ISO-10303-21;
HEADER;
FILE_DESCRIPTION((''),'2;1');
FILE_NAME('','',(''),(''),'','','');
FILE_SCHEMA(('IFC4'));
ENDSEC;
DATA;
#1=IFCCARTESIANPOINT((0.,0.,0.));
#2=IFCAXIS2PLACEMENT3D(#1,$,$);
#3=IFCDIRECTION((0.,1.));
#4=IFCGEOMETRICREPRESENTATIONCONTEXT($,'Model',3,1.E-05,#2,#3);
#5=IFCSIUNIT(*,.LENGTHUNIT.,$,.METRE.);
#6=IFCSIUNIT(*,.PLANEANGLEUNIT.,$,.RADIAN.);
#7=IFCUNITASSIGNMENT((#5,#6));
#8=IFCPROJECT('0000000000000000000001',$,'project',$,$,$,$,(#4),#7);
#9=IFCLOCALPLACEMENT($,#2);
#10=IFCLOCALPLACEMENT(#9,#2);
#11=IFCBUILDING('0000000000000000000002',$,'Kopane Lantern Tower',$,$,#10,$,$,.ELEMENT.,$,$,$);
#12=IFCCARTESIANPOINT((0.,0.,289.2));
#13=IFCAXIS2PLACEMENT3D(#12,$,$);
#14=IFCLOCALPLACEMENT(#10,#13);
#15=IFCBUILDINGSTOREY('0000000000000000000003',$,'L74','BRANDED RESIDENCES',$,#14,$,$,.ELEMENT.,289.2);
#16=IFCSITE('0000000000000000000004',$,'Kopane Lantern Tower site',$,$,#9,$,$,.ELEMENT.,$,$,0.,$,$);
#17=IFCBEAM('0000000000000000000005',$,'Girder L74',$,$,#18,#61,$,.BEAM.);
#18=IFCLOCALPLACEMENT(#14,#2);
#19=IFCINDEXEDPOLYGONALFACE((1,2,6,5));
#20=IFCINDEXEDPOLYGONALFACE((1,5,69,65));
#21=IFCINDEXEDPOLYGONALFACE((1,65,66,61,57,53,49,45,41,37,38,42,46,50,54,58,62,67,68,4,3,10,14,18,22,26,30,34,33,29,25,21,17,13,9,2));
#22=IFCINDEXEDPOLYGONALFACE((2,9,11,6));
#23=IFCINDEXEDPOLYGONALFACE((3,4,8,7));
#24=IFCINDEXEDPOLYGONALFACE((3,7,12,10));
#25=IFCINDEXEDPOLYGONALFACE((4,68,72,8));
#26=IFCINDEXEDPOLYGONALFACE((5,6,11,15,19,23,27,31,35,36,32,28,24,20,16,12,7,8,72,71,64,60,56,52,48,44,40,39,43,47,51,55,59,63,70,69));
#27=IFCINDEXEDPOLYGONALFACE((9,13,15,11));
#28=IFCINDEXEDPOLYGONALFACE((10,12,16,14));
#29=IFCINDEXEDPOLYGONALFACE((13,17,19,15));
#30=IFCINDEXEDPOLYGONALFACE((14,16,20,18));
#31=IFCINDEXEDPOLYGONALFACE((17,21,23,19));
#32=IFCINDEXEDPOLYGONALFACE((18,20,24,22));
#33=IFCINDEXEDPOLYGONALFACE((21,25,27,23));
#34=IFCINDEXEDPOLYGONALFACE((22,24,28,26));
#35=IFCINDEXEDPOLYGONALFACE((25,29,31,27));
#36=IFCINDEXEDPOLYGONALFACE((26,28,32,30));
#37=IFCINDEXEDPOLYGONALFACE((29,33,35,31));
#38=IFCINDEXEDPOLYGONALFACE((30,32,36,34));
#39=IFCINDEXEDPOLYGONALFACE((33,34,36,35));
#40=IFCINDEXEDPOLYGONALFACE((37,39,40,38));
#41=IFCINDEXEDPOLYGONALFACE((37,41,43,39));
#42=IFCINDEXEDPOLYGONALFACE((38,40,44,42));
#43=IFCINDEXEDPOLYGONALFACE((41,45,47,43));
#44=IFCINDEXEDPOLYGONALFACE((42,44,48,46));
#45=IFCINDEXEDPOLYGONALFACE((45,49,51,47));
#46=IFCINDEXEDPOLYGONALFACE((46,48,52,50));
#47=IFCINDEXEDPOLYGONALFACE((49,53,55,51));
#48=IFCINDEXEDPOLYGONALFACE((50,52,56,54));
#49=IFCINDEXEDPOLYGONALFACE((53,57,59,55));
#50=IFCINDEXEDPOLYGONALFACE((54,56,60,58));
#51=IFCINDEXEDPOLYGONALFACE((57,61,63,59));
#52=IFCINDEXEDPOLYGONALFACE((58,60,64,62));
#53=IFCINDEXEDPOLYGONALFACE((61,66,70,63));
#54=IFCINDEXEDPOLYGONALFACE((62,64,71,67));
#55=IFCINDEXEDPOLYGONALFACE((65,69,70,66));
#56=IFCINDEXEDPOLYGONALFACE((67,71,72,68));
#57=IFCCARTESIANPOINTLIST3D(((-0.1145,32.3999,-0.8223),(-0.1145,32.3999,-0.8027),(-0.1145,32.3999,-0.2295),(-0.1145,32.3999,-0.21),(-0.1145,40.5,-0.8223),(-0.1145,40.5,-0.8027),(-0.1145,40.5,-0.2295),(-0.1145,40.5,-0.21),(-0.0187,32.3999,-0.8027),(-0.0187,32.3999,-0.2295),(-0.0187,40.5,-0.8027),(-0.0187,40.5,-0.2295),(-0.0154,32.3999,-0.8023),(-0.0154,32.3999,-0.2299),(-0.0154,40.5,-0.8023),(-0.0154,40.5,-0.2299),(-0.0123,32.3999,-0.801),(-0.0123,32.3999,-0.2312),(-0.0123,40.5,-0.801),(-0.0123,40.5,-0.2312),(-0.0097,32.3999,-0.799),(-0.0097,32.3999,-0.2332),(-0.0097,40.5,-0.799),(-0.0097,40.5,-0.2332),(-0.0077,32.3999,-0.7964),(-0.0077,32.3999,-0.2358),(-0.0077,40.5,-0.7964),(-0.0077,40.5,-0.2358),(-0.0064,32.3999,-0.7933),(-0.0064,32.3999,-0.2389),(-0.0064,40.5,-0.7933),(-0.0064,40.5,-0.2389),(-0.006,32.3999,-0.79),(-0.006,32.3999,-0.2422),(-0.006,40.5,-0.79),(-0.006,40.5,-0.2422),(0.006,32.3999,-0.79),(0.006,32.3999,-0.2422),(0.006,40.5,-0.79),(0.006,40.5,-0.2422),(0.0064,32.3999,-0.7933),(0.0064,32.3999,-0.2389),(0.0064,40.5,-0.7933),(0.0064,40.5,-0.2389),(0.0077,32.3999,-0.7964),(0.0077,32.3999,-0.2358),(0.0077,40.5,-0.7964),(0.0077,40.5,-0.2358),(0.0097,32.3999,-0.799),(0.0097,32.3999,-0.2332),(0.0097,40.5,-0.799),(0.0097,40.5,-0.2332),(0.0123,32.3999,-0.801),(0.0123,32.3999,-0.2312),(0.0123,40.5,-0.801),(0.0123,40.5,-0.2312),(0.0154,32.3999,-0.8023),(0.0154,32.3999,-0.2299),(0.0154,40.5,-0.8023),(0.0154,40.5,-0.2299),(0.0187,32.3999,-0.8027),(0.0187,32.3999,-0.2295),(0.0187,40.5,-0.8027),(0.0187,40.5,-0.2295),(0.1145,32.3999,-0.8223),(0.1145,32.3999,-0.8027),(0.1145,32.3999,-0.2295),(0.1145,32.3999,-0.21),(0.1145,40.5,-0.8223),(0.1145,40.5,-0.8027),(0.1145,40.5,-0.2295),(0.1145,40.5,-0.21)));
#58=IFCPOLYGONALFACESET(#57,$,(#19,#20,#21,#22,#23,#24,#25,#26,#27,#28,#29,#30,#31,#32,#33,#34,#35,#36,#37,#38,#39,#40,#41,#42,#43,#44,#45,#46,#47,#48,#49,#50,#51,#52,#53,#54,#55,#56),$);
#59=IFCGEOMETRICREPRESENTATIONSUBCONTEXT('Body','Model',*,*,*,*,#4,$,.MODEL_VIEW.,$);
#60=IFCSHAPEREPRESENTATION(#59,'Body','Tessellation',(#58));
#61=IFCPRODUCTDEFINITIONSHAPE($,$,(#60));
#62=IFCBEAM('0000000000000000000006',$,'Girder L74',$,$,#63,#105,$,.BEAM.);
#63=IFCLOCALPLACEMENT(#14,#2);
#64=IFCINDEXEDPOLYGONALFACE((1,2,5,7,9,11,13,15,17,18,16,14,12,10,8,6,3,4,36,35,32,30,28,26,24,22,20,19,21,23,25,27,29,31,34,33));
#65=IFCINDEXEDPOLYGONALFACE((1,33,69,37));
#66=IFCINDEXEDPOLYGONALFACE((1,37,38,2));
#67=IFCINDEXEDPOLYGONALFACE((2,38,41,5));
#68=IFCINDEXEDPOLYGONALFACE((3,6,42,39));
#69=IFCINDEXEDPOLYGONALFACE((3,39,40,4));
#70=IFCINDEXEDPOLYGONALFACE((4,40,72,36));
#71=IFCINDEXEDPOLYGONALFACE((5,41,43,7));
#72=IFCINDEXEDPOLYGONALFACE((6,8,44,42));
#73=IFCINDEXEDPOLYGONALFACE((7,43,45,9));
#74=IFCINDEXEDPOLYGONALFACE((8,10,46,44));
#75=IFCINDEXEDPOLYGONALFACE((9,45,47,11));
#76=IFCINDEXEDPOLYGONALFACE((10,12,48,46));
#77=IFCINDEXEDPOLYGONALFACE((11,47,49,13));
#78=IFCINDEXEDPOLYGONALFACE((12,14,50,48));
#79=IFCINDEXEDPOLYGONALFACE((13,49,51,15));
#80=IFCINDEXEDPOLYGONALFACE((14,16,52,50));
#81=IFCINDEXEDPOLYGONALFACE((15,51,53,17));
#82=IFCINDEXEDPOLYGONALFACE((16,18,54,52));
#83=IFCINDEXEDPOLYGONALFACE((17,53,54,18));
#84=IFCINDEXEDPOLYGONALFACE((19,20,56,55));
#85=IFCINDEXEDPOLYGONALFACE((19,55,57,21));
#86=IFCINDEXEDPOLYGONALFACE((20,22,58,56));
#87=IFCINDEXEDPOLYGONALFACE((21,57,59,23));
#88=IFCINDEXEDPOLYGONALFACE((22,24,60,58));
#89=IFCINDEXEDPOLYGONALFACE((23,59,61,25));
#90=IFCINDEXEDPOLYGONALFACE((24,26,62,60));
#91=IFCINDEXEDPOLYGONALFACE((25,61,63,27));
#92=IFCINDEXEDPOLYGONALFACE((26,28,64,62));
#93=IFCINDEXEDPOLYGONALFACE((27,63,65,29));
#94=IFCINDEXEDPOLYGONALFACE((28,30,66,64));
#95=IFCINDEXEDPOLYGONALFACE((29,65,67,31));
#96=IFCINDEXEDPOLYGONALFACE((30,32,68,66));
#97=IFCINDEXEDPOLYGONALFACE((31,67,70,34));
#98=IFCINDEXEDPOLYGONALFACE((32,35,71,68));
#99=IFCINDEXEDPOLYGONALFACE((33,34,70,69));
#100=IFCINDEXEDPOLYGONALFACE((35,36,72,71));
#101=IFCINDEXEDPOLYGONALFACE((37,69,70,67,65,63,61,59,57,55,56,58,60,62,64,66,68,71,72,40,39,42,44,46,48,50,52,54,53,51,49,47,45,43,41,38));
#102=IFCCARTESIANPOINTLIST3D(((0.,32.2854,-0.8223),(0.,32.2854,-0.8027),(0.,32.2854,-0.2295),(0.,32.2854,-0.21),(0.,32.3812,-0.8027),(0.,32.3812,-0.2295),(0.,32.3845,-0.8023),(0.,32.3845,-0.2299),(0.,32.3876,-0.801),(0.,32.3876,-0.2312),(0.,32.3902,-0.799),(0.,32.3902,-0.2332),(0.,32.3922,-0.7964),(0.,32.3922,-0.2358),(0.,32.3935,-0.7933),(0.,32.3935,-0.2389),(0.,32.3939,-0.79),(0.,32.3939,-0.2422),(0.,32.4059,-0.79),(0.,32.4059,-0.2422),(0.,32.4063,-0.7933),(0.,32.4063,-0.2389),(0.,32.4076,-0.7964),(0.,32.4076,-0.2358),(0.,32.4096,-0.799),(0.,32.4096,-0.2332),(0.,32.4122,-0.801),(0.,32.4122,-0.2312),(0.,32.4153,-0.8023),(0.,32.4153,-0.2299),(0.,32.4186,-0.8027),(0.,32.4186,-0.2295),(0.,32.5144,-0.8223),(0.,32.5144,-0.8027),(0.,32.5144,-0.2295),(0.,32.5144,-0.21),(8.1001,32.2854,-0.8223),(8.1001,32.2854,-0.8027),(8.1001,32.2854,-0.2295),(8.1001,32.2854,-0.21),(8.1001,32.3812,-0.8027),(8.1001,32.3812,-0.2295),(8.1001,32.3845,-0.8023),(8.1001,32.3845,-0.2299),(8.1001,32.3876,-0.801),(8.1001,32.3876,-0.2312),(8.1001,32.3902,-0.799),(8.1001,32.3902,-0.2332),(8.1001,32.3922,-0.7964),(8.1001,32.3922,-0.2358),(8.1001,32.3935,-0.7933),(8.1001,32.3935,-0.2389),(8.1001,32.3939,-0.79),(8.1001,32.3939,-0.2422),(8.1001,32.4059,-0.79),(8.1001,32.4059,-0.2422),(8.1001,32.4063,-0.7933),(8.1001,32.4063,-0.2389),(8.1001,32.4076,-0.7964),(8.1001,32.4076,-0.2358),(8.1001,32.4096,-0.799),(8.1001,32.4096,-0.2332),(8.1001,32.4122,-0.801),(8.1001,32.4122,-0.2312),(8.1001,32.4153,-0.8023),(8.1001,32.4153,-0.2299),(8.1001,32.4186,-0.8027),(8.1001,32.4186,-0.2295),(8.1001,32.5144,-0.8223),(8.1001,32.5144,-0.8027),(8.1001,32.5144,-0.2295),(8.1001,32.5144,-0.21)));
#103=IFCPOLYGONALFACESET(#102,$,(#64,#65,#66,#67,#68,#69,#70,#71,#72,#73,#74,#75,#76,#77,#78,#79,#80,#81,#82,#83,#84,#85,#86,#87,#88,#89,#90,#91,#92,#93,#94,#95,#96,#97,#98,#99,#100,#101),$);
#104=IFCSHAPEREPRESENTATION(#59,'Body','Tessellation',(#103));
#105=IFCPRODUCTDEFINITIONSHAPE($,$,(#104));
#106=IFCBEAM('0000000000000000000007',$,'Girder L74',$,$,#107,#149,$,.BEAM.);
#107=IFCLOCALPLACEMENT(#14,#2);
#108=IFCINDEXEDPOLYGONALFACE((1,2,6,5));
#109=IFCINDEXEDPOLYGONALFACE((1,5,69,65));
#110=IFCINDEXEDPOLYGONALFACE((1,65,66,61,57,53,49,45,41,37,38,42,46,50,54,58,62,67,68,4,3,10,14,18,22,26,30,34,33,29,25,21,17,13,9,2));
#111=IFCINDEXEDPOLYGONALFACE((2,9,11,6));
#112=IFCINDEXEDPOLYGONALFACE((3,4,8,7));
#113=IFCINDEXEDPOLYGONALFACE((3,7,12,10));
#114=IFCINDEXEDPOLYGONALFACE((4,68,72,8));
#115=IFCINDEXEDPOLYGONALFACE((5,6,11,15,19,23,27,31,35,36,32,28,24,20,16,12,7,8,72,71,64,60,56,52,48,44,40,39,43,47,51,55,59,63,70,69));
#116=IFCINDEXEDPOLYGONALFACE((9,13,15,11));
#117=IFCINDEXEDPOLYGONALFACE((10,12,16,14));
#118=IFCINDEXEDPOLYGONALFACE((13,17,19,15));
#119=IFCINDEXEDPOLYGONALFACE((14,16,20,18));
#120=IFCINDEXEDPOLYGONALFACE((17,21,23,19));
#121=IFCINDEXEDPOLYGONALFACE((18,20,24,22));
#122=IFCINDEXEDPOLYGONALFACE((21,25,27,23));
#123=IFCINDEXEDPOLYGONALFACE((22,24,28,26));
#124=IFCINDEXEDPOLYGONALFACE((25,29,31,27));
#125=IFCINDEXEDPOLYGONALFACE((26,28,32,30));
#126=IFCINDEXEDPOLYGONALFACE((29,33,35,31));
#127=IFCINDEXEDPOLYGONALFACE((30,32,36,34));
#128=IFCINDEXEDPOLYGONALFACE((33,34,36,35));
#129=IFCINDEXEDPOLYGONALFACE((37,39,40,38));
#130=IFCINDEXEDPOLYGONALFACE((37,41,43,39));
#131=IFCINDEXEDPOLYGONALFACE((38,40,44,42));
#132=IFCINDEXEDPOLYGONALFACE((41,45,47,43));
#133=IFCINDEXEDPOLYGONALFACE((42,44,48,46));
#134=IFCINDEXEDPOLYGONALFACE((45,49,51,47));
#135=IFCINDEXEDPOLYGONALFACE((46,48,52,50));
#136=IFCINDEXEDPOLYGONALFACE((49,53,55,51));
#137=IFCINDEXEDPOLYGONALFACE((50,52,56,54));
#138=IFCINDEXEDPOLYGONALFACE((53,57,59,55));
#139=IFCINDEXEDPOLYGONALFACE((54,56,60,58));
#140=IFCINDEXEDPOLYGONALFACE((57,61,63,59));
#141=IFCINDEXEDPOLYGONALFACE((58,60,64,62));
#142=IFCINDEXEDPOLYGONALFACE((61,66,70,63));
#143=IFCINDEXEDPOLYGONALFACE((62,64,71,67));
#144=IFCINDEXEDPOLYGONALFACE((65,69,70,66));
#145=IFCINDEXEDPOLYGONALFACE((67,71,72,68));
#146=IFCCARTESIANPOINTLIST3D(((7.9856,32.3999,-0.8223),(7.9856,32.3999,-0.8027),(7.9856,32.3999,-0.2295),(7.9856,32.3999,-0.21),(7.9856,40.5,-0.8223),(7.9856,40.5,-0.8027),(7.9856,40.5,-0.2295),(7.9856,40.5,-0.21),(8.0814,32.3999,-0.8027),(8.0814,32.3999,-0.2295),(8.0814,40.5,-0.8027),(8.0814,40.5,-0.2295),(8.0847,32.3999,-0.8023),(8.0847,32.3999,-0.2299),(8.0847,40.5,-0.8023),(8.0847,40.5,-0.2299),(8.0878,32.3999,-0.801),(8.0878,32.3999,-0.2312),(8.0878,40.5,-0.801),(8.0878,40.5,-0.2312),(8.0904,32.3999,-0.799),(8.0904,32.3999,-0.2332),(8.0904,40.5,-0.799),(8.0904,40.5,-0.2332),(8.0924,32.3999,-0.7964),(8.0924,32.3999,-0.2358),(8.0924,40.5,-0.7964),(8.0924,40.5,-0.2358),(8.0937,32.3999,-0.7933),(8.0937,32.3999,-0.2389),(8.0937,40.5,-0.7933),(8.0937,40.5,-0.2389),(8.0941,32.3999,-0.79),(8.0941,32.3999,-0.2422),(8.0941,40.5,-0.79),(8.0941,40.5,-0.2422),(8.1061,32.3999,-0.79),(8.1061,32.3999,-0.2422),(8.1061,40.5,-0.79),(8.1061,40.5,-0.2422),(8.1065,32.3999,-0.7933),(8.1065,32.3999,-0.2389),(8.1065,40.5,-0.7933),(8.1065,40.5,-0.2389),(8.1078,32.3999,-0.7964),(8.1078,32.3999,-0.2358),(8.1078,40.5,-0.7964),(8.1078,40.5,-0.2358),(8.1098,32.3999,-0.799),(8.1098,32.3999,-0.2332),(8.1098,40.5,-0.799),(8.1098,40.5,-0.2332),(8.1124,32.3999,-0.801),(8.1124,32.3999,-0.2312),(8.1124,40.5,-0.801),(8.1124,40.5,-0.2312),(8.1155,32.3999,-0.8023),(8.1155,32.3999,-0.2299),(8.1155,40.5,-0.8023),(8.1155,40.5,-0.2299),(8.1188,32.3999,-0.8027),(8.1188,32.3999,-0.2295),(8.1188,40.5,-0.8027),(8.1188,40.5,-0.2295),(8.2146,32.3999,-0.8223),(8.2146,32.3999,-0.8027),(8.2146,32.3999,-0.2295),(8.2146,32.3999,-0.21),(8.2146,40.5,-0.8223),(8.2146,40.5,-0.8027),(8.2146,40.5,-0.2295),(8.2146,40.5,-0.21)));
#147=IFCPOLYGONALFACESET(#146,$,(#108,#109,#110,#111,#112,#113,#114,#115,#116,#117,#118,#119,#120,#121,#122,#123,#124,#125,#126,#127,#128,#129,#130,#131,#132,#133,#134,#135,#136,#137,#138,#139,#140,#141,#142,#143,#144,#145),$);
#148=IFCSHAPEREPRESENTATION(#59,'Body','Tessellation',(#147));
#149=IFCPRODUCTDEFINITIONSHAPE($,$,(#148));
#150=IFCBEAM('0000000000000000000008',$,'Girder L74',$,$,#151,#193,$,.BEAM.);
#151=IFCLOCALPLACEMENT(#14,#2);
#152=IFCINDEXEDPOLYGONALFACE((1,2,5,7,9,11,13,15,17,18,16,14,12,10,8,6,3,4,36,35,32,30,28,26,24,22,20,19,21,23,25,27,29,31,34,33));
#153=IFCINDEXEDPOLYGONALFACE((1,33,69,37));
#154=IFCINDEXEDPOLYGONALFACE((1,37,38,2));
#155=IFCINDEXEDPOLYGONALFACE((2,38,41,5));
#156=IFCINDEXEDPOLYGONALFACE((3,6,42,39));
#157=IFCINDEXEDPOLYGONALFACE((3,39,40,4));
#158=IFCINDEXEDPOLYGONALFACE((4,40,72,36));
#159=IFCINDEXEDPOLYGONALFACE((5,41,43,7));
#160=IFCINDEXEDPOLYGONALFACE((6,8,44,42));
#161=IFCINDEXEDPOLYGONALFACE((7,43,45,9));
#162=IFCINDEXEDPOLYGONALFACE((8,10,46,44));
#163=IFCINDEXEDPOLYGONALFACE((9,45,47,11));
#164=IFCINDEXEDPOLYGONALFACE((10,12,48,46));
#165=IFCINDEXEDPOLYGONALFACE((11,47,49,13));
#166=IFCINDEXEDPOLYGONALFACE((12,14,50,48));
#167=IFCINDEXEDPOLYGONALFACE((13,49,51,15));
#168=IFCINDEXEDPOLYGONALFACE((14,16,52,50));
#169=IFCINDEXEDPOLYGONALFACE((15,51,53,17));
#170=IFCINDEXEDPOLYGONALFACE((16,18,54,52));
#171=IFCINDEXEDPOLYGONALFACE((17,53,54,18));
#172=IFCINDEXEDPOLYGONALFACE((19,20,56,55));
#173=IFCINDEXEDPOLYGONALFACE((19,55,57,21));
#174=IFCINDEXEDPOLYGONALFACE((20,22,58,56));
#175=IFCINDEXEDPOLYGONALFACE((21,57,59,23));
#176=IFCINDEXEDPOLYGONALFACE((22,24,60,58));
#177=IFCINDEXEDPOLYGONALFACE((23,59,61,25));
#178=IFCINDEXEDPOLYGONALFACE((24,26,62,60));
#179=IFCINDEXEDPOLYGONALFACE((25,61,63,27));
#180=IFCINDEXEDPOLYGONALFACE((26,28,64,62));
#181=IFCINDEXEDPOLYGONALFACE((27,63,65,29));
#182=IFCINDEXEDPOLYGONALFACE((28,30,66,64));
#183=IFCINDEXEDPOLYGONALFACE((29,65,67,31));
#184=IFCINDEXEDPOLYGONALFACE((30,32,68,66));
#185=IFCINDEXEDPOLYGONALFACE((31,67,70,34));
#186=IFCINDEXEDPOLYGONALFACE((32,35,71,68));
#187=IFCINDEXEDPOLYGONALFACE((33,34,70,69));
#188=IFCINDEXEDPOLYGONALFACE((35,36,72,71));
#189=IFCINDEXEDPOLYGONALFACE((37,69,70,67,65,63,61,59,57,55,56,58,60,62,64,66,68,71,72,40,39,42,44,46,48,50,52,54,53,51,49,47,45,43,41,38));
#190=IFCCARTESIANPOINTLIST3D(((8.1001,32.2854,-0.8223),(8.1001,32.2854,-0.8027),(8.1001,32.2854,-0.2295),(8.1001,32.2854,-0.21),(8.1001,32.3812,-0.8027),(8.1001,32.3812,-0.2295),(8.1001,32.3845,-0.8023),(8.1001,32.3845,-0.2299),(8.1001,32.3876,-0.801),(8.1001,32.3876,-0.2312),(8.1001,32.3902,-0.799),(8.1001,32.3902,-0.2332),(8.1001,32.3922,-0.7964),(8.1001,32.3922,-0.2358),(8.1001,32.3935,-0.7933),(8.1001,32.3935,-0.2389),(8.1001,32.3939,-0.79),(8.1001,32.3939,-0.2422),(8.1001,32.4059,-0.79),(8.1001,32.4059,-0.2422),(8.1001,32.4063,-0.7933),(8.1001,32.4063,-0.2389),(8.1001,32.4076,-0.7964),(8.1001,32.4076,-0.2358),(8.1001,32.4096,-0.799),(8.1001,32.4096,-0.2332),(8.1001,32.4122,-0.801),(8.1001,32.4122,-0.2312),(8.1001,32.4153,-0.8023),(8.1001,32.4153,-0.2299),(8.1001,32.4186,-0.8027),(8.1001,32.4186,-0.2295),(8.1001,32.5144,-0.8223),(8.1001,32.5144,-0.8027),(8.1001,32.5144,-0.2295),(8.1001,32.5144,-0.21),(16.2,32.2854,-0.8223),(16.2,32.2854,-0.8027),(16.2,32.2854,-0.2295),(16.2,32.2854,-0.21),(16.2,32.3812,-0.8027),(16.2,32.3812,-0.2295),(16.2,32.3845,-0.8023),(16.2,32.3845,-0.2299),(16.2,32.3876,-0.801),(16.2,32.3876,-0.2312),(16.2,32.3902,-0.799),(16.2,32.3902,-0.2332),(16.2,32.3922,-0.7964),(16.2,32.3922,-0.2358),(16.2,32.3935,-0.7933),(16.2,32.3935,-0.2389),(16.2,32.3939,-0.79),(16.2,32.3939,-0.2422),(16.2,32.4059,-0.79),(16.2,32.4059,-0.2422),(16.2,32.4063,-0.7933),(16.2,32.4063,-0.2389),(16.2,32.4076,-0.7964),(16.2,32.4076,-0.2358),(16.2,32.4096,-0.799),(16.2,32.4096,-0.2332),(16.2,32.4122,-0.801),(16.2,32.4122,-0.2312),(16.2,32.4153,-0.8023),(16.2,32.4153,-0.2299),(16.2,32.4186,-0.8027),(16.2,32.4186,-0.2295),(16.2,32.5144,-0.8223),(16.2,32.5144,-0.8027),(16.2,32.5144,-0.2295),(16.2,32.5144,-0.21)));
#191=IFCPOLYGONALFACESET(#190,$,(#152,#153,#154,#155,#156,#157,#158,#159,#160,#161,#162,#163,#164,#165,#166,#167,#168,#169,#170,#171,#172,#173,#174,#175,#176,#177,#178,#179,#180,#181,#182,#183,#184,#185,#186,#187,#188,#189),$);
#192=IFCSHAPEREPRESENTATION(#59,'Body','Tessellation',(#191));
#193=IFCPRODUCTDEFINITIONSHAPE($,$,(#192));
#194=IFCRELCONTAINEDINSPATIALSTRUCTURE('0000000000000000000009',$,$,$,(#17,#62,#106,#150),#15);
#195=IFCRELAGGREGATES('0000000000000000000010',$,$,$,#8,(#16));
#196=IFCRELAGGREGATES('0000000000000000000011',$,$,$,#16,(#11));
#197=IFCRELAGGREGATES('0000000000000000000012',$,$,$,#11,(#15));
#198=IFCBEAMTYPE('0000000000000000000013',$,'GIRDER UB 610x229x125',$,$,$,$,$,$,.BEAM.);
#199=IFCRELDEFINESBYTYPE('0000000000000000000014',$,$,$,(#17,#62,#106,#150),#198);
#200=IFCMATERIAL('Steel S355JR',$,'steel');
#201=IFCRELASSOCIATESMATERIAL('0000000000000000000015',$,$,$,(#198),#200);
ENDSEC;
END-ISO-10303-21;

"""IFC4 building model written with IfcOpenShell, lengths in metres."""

from ifc_helpers import new_model, si_unit, direction, frame, origin, origin_2d, place, context, subcontext, project, spatial, i_section, extrude, material, material_profile, profile_set, type_object, element, save


model = new_model("IFC4")

# Units and contexts
model_context = context("Model", 3, precision=1e-05, world=origin(), true_north=direction((0.0, 1.0)))
body_context = subcontext(model_context, "Body", "Model", "MODEL_VIEW")
ifc_project = project(units=[si_unit("LENGTHUNIT", "METRE"), si_unit("PLANEANGLEUNIT", "RADIAN")], contexts=[model_context])

# Site, building, storey
site_placement = place(None, origin())
site = spatial("IfcSite", under=ifc_project, at=site_placement, Name="Kopane Lantern Tower site", CompositionType="ELEMENT", RefElevation=0.0)
building_placement = place(site_placement, origin())
building = spatial("IfcBuilding", under=site, at=building_placement, Name="Kopane Lantern Tower", CompositionType="ELEMENT")
storey_placement = place(building_placement, frame((0.0, 0.0, 289.2)))
storey = spatial("IfcBuildingStorey", under=building, at=storey_placement, Name="L74", Description="BRANDED RESIDENCES", CompositionType="ELEMENT", Elevation=289.2)

# Beams
ifc_material_1 = material(Name="Steel S355JR", Category="steel")
ifc_material_profile_1 = material_profile(ifc_material_1, i_section(OverallWidth=0.229, OverallDepth=0.6123, WebThickness=0.012, FlangeThickness=0.0195, FilletRadius=0.0127, at=origin_2d()), Name="UB 610x229x125")
ifc_profile_set_1 = profile_set([ifc_material_profile_1], Name="Steel S355JR")
beam_type = type_object("IfcBeamType", Name="GIRDER UB 610x229x125", PredefinedType="BEAM", material=ifc_profile_set_1)
for number, where, z_axis, x_axis, name in (
    (1, (0.0, 32.3999, -0.5161), (0.0, 1.0, 0.0), (-1.0, 0.0, 0.0), "Girder L74"),
    (2, (0.0, 32.3999, -0.5161), (1.0, 0.0, 0.0), (0.0, 1.0, 0.0), "Girder L74"),
    (3, (8.1001, 32.3999, -0.5161), (0.0, 1.0, 0.0), (-1.0, 0.0, 0.0), "Girder L74"),
):
    element("IfcBeam", number, at=place(storey_placement, frame(where, z_axis=z_axis, x_axis=x_axis)), inside=storey, type_object=beam_type, Name=name, PredefinedType="BEAM", context=body_context, shape_type="SweptSolid", body=[
        extrude(i_section(OverallWidth=0.229, OverallDepth=0.6123, WebThickness=0.012, FlangeThickness=0.0195, FilletRadius=0.0127, at=origin_2d()), origin(), (0.0, 0.0, 1.0), 8.1001),
    ])
for number, where, z_axis, x_axis, name in (
    (4, (8.1001, 32.3999, -0.5161), (1.0, 0.0, 0.0), (0.0, 1.0, 0.0), "Girder L74"),
):
    element("IfcBeam", number, at=place(storey_placement, frame(where, z_axis=z_axis, x_axis=x_axis)), inside=storey, type_object=beam_type, Name=name, PredefinedType="BEAM", context=body_context, shape_type="SweptSolid", body=[
        extrude(i_section(OverallWidth=0.229, OverallDepth=0.6123, WebThickness=0.012, FlangeThickness=0.0195, FilletRadius=0.0127, at=origin_2d()), origin(), (0.0, 0.0, 1.0), 8.0999),
    ])

save(model, "model.ifc")
